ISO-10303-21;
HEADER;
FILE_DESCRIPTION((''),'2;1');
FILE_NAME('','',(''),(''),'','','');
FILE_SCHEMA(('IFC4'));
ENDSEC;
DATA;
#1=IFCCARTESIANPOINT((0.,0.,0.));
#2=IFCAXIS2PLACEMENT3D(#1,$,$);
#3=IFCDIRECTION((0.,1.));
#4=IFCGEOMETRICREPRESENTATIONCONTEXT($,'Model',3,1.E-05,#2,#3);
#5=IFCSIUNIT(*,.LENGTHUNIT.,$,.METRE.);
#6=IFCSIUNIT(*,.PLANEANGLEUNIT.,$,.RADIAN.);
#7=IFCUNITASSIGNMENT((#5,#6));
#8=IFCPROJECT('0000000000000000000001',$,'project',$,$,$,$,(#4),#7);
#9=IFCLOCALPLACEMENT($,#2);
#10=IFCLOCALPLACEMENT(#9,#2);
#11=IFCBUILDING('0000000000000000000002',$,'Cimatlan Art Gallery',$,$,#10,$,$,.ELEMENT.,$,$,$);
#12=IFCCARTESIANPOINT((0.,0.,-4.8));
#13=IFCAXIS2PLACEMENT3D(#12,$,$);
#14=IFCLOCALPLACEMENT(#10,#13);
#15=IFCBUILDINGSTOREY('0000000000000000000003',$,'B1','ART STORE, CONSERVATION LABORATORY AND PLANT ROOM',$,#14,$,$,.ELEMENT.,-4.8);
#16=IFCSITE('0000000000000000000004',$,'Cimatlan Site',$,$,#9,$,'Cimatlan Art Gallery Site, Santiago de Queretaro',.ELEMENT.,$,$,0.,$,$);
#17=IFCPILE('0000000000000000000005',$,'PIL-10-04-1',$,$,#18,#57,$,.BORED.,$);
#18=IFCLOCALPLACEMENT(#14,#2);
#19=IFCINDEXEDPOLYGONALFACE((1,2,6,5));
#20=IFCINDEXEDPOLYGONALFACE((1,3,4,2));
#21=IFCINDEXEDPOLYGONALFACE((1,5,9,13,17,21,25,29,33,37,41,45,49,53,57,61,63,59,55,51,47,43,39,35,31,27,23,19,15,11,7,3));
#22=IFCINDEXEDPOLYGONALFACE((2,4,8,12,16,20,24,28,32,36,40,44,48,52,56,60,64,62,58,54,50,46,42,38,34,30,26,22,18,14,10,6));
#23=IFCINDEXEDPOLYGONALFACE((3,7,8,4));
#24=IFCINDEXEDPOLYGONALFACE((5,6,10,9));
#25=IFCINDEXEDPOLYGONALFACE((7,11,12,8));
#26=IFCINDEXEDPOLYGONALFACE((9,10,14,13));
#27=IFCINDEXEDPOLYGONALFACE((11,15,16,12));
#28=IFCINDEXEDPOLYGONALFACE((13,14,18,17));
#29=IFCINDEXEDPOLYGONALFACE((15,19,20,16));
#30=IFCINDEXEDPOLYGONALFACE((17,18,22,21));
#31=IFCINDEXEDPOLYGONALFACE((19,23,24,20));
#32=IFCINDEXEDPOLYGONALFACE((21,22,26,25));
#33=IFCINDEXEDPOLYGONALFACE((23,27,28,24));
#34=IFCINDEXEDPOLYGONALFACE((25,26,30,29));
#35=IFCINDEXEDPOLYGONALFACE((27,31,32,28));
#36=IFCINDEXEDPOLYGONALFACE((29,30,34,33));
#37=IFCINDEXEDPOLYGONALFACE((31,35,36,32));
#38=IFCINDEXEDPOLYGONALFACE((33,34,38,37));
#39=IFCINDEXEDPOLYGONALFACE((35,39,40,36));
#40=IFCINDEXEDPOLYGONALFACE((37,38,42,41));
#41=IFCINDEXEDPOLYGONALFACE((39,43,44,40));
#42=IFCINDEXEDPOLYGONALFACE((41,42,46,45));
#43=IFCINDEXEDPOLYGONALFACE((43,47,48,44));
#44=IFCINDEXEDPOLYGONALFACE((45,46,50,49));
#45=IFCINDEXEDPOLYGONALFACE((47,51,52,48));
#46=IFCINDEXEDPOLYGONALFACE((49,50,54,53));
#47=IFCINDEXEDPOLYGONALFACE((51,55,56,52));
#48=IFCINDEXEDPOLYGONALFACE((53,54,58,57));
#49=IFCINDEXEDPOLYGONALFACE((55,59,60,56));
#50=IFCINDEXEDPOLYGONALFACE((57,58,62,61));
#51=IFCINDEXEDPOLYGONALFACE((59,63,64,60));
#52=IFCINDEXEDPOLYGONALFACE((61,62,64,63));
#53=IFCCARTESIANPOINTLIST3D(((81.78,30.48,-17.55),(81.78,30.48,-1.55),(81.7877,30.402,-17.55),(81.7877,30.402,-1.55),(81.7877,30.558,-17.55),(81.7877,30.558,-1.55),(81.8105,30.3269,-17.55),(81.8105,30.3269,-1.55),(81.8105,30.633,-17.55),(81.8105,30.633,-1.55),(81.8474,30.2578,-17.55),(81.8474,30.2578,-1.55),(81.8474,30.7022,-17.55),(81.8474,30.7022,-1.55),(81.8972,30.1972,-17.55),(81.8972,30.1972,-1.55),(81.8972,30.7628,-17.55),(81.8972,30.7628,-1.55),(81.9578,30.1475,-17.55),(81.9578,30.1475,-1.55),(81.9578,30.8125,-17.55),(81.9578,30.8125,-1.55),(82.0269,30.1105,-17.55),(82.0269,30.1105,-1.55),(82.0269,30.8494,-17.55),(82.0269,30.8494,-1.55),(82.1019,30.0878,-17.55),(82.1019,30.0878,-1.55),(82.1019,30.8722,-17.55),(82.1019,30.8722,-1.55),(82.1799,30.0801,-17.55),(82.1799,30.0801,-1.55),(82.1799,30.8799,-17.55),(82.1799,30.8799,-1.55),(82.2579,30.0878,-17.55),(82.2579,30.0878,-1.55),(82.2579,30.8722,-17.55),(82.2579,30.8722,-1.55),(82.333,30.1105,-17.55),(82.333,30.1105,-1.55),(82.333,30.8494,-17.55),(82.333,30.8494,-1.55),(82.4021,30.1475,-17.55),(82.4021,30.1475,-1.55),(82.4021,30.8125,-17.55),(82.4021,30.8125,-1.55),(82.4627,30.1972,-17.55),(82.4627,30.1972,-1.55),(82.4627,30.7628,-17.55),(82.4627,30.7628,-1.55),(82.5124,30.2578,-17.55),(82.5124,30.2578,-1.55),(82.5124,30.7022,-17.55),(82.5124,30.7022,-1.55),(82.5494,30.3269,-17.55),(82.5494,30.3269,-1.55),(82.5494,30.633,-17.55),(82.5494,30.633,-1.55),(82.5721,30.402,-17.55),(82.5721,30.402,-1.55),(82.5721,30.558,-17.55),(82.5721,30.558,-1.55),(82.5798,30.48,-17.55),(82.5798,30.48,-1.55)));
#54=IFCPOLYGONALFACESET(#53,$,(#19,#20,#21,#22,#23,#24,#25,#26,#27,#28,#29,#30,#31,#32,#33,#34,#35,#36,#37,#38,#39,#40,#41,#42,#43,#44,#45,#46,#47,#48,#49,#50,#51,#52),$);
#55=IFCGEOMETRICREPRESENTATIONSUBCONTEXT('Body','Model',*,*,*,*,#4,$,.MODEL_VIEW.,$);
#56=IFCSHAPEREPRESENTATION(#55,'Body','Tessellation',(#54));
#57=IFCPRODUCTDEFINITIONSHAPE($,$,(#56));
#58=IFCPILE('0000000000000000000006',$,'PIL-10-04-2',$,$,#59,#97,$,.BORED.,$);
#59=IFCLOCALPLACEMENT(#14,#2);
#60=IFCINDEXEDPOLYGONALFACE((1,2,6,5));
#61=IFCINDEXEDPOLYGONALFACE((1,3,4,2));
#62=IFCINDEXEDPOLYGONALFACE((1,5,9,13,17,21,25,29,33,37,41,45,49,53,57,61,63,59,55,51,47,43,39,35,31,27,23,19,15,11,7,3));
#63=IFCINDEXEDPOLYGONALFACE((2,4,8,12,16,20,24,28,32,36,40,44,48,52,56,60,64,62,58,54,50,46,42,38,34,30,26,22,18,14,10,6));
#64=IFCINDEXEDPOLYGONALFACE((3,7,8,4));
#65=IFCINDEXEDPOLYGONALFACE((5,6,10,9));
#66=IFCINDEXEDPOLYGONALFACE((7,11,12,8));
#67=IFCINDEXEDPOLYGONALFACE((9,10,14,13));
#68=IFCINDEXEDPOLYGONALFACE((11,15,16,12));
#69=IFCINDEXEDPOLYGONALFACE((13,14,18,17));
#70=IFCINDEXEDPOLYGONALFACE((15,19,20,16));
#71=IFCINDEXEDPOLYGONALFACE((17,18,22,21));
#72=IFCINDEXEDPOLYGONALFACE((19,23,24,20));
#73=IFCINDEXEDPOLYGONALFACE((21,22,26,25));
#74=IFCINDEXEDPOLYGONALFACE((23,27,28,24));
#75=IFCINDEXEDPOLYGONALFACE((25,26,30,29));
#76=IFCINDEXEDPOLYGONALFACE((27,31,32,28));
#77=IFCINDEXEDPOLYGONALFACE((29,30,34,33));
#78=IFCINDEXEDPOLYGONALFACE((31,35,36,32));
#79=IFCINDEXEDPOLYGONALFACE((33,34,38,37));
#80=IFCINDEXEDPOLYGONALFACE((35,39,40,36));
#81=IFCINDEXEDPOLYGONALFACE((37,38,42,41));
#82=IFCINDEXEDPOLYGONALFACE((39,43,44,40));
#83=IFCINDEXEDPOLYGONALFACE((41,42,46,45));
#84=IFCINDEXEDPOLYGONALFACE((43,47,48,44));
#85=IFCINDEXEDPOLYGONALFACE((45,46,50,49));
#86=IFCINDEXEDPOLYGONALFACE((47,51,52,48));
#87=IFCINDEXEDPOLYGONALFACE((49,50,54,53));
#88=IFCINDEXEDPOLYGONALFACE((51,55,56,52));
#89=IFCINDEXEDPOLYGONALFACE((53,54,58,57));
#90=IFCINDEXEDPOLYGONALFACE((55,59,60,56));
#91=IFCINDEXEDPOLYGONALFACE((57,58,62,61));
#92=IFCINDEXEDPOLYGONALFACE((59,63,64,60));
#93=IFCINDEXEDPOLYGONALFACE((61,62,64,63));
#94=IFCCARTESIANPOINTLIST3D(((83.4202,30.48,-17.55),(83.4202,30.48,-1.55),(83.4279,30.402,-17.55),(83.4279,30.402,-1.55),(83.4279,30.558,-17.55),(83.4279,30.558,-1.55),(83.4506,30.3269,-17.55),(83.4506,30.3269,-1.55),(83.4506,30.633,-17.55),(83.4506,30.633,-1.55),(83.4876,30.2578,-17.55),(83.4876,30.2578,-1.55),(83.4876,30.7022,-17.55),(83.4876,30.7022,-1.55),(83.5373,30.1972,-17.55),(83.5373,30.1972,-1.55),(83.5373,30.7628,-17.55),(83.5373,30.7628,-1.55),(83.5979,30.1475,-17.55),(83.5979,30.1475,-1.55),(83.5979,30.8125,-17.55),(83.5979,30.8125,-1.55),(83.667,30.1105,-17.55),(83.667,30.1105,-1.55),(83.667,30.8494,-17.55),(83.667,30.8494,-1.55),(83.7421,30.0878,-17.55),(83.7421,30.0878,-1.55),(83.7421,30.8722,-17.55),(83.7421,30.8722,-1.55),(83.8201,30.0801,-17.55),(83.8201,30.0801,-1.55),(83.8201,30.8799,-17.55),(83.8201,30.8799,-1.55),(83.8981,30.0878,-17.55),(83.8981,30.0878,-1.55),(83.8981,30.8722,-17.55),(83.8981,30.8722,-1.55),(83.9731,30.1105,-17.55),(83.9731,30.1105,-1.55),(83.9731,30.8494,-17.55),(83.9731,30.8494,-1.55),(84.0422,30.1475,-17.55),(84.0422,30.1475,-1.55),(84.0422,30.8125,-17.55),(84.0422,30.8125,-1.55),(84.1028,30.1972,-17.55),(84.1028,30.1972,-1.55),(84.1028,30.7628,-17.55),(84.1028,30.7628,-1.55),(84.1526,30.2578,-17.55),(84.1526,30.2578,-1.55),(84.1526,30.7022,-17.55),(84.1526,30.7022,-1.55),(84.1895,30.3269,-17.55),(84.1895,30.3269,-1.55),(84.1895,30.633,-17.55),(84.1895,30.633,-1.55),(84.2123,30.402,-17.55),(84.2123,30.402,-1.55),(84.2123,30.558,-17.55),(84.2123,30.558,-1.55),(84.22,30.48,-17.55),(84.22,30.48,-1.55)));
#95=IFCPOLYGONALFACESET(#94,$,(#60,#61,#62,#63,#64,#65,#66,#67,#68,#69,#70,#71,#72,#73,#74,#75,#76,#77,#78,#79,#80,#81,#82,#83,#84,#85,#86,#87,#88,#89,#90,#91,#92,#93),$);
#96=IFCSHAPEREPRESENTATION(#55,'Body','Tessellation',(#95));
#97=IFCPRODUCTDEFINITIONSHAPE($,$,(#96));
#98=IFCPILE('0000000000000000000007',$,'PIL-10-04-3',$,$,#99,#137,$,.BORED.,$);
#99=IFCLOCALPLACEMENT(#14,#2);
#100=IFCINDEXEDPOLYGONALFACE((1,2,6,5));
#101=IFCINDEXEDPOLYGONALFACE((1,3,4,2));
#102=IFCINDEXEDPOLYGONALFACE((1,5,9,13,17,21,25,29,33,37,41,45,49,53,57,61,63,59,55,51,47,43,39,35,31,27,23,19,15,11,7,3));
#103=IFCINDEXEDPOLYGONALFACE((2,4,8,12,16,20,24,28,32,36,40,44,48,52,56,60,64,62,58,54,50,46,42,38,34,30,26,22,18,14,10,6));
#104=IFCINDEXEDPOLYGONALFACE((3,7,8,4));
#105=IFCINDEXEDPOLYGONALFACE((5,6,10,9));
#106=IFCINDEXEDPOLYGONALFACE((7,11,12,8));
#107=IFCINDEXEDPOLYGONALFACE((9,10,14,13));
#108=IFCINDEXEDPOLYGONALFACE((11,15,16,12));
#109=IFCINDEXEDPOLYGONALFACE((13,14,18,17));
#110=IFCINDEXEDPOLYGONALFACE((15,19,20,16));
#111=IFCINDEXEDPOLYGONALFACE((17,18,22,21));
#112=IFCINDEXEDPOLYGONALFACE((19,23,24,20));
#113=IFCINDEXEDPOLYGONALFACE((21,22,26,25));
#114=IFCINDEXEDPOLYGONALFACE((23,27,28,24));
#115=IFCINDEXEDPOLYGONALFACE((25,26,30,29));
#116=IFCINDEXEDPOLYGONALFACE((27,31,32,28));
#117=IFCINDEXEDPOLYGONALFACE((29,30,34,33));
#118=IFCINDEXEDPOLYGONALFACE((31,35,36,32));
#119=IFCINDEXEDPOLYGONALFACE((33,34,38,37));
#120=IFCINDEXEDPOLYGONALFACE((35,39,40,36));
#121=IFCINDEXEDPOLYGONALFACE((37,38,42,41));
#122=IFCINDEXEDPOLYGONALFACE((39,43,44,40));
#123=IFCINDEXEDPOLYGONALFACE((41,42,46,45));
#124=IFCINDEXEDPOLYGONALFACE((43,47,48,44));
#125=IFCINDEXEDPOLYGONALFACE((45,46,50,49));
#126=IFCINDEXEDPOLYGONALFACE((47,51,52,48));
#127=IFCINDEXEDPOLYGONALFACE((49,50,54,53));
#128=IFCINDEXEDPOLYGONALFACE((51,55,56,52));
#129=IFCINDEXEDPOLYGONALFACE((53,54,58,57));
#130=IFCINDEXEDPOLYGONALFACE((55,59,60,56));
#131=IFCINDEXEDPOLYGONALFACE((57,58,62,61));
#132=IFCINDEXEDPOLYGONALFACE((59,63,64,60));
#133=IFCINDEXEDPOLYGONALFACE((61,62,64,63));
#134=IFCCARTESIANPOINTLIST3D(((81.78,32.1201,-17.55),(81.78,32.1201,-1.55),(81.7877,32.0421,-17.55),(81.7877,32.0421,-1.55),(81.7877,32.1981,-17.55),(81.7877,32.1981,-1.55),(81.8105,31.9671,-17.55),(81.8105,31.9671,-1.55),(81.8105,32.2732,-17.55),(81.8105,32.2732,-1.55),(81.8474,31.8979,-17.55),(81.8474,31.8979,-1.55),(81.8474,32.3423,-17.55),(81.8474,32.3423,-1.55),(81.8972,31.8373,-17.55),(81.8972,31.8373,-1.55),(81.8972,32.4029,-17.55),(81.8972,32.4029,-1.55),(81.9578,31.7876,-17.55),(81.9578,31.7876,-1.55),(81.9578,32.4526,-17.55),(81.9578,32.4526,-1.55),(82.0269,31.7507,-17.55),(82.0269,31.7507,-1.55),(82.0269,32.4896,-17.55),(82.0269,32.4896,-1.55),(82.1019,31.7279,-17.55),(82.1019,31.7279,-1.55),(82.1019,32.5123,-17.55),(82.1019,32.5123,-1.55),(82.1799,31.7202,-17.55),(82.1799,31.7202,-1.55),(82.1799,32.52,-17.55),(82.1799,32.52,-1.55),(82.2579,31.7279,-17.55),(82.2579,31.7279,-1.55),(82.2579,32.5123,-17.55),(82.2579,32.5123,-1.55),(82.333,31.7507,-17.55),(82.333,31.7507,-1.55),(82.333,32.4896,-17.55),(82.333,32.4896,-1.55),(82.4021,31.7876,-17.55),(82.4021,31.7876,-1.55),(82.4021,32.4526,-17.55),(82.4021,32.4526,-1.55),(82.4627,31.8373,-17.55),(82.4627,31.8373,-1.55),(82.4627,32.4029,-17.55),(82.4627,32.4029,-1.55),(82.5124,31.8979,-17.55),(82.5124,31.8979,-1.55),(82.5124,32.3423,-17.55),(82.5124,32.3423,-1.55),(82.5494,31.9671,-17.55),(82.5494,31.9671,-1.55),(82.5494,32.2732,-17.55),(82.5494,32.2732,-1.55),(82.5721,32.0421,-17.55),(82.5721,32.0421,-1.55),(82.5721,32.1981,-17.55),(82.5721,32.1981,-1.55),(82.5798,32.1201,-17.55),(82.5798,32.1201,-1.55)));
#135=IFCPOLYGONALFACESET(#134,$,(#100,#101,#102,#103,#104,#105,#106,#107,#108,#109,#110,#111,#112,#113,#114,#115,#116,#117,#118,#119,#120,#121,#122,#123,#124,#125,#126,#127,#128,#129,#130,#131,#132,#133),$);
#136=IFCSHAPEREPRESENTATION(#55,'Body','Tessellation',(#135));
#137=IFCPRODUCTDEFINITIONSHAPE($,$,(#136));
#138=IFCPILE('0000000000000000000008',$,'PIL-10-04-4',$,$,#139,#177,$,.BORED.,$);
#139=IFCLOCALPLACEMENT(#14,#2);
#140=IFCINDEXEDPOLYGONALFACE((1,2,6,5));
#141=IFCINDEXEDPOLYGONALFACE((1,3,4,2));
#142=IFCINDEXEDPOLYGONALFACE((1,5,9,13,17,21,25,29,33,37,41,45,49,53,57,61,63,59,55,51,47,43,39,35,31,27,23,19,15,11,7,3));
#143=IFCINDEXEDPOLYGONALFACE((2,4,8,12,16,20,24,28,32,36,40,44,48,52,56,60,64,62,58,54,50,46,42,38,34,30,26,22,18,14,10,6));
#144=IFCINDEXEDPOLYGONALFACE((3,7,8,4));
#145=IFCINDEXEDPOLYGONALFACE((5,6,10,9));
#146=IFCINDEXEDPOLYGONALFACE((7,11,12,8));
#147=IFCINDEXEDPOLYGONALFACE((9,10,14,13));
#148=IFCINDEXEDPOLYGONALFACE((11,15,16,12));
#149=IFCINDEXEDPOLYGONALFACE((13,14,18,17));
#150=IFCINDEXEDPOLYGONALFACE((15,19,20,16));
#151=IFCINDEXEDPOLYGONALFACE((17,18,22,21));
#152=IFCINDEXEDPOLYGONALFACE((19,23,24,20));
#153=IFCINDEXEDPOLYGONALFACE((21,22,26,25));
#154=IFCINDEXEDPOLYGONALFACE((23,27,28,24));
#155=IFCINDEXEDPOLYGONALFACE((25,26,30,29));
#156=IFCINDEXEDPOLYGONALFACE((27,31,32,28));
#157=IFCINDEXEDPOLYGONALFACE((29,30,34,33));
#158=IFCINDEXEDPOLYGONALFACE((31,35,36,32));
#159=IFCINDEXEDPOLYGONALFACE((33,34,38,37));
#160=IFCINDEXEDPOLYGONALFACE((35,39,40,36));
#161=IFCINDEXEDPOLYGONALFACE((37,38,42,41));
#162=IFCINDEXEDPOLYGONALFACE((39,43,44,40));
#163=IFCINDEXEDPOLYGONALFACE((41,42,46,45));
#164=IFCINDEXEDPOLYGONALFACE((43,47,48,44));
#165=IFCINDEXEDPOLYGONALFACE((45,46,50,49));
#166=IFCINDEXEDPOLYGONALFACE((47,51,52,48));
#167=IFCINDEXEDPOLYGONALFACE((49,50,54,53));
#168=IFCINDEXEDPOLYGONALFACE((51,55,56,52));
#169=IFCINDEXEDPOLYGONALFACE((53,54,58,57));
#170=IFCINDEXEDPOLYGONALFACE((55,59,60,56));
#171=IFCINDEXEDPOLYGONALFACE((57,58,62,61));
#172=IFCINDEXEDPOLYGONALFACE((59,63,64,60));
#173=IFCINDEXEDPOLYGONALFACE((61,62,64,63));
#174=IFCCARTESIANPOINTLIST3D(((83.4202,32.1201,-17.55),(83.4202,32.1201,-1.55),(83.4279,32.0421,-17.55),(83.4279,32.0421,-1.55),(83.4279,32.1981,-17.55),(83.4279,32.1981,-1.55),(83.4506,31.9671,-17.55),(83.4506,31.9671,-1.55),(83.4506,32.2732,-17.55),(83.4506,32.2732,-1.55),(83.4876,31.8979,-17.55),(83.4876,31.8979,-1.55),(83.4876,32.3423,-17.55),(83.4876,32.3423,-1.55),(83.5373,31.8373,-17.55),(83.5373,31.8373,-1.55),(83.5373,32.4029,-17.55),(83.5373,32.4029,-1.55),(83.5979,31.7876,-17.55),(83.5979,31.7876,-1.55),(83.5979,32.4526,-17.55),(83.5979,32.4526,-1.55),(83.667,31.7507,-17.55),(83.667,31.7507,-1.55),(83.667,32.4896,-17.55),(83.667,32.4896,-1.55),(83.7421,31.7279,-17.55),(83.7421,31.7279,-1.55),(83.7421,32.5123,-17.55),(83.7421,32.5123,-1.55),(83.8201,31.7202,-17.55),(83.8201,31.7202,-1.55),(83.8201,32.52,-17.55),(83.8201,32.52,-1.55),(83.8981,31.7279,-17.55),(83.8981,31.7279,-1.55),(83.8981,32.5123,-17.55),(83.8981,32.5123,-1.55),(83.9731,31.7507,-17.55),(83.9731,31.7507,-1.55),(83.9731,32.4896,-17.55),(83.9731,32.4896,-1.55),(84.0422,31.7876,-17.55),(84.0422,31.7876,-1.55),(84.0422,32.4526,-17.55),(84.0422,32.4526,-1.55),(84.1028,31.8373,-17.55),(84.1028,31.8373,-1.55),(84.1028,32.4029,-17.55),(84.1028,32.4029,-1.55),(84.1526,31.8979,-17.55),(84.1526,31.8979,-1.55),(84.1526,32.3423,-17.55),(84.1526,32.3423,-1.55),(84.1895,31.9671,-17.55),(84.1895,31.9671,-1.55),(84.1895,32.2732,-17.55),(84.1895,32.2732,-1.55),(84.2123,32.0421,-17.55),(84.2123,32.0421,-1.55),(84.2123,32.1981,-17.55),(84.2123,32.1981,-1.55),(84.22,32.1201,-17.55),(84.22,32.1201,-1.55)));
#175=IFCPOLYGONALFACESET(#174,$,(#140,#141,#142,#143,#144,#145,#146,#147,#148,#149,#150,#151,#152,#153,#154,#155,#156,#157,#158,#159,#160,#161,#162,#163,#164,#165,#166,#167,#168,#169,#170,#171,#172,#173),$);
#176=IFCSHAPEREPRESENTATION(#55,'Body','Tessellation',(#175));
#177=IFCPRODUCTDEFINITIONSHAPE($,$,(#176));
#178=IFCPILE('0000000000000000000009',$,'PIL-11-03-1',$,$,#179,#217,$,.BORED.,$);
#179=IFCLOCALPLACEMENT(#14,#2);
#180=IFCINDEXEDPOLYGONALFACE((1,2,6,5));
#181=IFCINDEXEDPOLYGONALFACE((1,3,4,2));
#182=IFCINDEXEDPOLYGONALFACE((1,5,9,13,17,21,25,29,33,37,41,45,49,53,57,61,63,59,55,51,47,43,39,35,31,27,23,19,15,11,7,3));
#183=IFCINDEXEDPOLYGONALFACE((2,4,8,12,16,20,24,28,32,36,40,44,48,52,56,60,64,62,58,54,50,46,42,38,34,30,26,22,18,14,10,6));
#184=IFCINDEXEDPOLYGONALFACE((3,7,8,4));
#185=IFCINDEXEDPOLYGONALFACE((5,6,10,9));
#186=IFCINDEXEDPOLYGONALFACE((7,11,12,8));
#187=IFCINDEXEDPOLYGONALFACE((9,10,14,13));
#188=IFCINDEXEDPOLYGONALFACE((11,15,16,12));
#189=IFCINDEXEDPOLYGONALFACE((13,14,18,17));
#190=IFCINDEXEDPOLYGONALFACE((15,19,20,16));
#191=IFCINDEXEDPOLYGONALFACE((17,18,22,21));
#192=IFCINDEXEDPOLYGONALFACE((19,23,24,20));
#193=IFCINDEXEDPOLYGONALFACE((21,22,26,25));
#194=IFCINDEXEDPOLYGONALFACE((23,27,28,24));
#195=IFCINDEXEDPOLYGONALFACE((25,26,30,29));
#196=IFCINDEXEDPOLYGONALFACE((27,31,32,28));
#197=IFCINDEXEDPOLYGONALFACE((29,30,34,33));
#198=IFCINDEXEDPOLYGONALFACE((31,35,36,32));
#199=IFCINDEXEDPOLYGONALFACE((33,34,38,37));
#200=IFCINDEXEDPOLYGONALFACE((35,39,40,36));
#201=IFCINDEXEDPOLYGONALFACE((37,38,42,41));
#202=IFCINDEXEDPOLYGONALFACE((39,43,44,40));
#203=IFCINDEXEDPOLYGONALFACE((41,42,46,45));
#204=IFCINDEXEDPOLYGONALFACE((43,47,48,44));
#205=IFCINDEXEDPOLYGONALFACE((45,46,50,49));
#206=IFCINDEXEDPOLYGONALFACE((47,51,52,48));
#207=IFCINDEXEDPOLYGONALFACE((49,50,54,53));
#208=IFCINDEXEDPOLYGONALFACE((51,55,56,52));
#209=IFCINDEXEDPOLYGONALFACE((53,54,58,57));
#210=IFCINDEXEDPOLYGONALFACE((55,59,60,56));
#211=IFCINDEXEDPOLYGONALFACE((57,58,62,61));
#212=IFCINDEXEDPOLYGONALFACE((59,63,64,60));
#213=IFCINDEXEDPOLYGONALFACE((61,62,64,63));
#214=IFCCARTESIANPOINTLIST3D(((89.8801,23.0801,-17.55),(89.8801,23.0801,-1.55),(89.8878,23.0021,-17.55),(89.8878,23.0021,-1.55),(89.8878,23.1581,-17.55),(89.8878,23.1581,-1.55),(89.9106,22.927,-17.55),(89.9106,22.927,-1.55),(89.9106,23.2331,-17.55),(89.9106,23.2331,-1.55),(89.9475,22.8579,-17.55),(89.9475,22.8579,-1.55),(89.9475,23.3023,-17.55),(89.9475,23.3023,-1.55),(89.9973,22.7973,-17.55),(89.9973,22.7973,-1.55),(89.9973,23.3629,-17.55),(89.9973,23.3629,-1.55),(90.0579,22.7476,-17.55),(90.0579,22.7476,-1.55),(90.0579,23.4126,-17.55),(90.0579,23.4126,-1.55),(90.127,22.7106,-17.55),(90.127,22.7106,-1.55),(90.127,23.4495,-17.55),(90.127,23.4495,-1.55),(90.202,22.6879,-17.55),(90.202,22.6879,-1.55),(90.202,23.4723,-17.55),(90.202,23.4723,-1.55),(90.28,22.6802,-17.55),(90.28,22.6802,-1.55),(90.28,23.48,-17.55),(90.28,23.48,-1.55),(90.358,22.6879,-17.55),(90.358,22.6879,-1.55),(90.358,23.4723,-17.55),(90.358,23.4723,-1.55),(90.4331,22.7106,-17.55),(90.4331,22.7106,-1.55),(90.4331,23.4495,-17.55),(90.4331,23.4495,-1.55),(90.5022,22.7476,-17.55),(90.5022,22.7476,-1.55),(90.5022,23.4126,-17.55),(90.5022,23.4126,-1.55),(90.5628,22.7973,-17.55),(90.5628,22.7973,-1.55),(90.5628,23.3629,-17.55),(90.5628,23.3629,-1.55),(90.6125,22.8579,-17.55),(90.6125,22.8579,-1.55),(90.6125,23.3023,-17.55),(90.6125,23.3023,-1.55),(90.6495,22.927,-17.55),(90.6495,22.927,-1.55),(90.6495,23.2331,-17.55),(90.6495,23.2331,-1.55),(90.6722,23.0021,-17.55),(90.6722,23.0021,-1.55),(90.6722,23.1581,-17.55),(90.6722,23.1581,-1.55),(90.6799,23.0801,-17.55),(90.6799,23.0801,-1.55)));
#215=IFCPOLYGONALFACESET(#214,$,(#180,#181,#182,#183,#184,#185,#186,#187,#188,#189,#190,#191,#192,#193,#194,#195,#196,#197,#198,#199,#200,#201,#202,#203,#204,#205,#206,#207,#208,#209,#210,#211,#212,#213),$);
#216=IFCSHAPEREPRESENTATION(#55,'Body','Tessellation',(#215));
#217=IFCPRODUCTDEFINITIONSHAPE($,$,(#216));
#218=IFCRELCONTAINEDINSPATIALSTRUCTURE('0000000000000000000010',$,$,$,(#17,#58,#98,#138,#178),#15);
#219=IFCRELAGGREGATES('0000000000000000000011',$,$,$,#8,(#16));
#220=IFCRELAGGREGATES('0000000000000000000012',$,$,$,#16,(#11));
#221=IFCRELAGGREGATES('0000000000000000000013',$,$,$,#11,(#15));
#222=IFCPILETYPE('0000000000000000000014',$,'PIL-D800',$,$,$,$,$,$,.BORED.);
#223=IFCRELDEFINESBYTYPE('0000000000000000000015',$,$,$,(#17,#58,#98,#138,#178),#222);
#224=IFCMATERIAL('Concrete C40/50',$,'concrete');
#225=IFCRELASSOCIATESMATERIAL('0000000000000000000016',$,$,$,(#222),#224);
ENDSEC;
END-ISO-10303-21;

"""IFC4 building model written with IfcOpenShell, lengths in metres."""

from ifc_helpers import new_model, si_unit, direction, frame, origin, origin_2d, place, context, subcontext, project, spatial, circle, extrude, material, type_object, element, save


model = new_model("IFC4")

# Units and contexts
model_context = context("Model", 3, precision=1e-05, world=origin(), true_north=direction((0.0, 1.0)))
body_context = subcontext(model_context, "Body", "Model", "MODEL_VIEW")
ifc_project = project(units=[si_unit("LENGTHUNIT", "METRE"), si_unit("PLANEANGLEUNIT", "RADIAN")], contexts=[model_context])

# Site, building, storey
site_placement = place(None, origin())
site = spatial("IfcSite", under=ifc_project, at=site_placement, Name="Cimatlan Site", LongName="Cimatlan Art Gallery Site, Santiago de Queretaro", CompositionType="ELEMENT", RefElevation=0.0)
building_placement = place(site_placement, origin())
building = spatial("IfcBuilding", under=site, at=building_placement, Name="Cimatlan Art Gallery", CompositionType="ELEMENT")
storey_placement = place(building_placement, frame((0.0, 0.0, -4.8)))
storey = spatial("IfcBuildingStorey", under=building, at=storey_placement, Name="B1", Description="ART STORE, CONSERVATION LABORATORY AND PLANT ROOM", CompositionType="ELEMENT", Elevation=-4.8)

# Shared definitions
ifc_material_1 = material(Name="Concrete C40/50", Category="concrete")

# Piles
pile_type = type_object("IfcPileType", Name="PIL-D800", PredefinedType="BORED", material=ifc_material_1)
for number, where, z_axis, x_axis, name in (
    (1, (82.1799, 30.48, -1.55), (0.0, 0.0, -1.0), (1.0, 0.0, 0.0), "PIL-10-04-1"),
    (2, (83.8201, 30.48, -1.55), (0.0, 0.0, -1.0), (1.0, 0.0, 0.0), "PIL-10-04-2"),
    (3, (82.1799, 32.1201, -1.55), (0.0, 0.0, -1.0), (1.0, 0.0, 0.0), "PIL-10-04-3"),
    (4, (83.8201, 32.1201, -1.55), (0.0, 0.0, -1.0), (1.0, 0.0, 0.0), "PIL-10-04-4"),
    (5, (90.28, 23.0801, -1.55), (0.0, 0.0, -1.0), (1.0, 0.0, 0.0), "PIL-11-03-1"),
):
    element("IfcPile", number, at=place(storey_placement, frame(where, z_axis=z_axis, x_axis=x_axis)), inside=storey, type_object=pile_type, Name=name, PredefinedType="BORED", context=body_context, shape_type="SweptSolid", body=[
        extrude(circle(Radius=0.3999, at=origin_2d()), origin(), (0.0, 0.0, 1.0), 16.0),
    ])

save(model, "model.ifc")
